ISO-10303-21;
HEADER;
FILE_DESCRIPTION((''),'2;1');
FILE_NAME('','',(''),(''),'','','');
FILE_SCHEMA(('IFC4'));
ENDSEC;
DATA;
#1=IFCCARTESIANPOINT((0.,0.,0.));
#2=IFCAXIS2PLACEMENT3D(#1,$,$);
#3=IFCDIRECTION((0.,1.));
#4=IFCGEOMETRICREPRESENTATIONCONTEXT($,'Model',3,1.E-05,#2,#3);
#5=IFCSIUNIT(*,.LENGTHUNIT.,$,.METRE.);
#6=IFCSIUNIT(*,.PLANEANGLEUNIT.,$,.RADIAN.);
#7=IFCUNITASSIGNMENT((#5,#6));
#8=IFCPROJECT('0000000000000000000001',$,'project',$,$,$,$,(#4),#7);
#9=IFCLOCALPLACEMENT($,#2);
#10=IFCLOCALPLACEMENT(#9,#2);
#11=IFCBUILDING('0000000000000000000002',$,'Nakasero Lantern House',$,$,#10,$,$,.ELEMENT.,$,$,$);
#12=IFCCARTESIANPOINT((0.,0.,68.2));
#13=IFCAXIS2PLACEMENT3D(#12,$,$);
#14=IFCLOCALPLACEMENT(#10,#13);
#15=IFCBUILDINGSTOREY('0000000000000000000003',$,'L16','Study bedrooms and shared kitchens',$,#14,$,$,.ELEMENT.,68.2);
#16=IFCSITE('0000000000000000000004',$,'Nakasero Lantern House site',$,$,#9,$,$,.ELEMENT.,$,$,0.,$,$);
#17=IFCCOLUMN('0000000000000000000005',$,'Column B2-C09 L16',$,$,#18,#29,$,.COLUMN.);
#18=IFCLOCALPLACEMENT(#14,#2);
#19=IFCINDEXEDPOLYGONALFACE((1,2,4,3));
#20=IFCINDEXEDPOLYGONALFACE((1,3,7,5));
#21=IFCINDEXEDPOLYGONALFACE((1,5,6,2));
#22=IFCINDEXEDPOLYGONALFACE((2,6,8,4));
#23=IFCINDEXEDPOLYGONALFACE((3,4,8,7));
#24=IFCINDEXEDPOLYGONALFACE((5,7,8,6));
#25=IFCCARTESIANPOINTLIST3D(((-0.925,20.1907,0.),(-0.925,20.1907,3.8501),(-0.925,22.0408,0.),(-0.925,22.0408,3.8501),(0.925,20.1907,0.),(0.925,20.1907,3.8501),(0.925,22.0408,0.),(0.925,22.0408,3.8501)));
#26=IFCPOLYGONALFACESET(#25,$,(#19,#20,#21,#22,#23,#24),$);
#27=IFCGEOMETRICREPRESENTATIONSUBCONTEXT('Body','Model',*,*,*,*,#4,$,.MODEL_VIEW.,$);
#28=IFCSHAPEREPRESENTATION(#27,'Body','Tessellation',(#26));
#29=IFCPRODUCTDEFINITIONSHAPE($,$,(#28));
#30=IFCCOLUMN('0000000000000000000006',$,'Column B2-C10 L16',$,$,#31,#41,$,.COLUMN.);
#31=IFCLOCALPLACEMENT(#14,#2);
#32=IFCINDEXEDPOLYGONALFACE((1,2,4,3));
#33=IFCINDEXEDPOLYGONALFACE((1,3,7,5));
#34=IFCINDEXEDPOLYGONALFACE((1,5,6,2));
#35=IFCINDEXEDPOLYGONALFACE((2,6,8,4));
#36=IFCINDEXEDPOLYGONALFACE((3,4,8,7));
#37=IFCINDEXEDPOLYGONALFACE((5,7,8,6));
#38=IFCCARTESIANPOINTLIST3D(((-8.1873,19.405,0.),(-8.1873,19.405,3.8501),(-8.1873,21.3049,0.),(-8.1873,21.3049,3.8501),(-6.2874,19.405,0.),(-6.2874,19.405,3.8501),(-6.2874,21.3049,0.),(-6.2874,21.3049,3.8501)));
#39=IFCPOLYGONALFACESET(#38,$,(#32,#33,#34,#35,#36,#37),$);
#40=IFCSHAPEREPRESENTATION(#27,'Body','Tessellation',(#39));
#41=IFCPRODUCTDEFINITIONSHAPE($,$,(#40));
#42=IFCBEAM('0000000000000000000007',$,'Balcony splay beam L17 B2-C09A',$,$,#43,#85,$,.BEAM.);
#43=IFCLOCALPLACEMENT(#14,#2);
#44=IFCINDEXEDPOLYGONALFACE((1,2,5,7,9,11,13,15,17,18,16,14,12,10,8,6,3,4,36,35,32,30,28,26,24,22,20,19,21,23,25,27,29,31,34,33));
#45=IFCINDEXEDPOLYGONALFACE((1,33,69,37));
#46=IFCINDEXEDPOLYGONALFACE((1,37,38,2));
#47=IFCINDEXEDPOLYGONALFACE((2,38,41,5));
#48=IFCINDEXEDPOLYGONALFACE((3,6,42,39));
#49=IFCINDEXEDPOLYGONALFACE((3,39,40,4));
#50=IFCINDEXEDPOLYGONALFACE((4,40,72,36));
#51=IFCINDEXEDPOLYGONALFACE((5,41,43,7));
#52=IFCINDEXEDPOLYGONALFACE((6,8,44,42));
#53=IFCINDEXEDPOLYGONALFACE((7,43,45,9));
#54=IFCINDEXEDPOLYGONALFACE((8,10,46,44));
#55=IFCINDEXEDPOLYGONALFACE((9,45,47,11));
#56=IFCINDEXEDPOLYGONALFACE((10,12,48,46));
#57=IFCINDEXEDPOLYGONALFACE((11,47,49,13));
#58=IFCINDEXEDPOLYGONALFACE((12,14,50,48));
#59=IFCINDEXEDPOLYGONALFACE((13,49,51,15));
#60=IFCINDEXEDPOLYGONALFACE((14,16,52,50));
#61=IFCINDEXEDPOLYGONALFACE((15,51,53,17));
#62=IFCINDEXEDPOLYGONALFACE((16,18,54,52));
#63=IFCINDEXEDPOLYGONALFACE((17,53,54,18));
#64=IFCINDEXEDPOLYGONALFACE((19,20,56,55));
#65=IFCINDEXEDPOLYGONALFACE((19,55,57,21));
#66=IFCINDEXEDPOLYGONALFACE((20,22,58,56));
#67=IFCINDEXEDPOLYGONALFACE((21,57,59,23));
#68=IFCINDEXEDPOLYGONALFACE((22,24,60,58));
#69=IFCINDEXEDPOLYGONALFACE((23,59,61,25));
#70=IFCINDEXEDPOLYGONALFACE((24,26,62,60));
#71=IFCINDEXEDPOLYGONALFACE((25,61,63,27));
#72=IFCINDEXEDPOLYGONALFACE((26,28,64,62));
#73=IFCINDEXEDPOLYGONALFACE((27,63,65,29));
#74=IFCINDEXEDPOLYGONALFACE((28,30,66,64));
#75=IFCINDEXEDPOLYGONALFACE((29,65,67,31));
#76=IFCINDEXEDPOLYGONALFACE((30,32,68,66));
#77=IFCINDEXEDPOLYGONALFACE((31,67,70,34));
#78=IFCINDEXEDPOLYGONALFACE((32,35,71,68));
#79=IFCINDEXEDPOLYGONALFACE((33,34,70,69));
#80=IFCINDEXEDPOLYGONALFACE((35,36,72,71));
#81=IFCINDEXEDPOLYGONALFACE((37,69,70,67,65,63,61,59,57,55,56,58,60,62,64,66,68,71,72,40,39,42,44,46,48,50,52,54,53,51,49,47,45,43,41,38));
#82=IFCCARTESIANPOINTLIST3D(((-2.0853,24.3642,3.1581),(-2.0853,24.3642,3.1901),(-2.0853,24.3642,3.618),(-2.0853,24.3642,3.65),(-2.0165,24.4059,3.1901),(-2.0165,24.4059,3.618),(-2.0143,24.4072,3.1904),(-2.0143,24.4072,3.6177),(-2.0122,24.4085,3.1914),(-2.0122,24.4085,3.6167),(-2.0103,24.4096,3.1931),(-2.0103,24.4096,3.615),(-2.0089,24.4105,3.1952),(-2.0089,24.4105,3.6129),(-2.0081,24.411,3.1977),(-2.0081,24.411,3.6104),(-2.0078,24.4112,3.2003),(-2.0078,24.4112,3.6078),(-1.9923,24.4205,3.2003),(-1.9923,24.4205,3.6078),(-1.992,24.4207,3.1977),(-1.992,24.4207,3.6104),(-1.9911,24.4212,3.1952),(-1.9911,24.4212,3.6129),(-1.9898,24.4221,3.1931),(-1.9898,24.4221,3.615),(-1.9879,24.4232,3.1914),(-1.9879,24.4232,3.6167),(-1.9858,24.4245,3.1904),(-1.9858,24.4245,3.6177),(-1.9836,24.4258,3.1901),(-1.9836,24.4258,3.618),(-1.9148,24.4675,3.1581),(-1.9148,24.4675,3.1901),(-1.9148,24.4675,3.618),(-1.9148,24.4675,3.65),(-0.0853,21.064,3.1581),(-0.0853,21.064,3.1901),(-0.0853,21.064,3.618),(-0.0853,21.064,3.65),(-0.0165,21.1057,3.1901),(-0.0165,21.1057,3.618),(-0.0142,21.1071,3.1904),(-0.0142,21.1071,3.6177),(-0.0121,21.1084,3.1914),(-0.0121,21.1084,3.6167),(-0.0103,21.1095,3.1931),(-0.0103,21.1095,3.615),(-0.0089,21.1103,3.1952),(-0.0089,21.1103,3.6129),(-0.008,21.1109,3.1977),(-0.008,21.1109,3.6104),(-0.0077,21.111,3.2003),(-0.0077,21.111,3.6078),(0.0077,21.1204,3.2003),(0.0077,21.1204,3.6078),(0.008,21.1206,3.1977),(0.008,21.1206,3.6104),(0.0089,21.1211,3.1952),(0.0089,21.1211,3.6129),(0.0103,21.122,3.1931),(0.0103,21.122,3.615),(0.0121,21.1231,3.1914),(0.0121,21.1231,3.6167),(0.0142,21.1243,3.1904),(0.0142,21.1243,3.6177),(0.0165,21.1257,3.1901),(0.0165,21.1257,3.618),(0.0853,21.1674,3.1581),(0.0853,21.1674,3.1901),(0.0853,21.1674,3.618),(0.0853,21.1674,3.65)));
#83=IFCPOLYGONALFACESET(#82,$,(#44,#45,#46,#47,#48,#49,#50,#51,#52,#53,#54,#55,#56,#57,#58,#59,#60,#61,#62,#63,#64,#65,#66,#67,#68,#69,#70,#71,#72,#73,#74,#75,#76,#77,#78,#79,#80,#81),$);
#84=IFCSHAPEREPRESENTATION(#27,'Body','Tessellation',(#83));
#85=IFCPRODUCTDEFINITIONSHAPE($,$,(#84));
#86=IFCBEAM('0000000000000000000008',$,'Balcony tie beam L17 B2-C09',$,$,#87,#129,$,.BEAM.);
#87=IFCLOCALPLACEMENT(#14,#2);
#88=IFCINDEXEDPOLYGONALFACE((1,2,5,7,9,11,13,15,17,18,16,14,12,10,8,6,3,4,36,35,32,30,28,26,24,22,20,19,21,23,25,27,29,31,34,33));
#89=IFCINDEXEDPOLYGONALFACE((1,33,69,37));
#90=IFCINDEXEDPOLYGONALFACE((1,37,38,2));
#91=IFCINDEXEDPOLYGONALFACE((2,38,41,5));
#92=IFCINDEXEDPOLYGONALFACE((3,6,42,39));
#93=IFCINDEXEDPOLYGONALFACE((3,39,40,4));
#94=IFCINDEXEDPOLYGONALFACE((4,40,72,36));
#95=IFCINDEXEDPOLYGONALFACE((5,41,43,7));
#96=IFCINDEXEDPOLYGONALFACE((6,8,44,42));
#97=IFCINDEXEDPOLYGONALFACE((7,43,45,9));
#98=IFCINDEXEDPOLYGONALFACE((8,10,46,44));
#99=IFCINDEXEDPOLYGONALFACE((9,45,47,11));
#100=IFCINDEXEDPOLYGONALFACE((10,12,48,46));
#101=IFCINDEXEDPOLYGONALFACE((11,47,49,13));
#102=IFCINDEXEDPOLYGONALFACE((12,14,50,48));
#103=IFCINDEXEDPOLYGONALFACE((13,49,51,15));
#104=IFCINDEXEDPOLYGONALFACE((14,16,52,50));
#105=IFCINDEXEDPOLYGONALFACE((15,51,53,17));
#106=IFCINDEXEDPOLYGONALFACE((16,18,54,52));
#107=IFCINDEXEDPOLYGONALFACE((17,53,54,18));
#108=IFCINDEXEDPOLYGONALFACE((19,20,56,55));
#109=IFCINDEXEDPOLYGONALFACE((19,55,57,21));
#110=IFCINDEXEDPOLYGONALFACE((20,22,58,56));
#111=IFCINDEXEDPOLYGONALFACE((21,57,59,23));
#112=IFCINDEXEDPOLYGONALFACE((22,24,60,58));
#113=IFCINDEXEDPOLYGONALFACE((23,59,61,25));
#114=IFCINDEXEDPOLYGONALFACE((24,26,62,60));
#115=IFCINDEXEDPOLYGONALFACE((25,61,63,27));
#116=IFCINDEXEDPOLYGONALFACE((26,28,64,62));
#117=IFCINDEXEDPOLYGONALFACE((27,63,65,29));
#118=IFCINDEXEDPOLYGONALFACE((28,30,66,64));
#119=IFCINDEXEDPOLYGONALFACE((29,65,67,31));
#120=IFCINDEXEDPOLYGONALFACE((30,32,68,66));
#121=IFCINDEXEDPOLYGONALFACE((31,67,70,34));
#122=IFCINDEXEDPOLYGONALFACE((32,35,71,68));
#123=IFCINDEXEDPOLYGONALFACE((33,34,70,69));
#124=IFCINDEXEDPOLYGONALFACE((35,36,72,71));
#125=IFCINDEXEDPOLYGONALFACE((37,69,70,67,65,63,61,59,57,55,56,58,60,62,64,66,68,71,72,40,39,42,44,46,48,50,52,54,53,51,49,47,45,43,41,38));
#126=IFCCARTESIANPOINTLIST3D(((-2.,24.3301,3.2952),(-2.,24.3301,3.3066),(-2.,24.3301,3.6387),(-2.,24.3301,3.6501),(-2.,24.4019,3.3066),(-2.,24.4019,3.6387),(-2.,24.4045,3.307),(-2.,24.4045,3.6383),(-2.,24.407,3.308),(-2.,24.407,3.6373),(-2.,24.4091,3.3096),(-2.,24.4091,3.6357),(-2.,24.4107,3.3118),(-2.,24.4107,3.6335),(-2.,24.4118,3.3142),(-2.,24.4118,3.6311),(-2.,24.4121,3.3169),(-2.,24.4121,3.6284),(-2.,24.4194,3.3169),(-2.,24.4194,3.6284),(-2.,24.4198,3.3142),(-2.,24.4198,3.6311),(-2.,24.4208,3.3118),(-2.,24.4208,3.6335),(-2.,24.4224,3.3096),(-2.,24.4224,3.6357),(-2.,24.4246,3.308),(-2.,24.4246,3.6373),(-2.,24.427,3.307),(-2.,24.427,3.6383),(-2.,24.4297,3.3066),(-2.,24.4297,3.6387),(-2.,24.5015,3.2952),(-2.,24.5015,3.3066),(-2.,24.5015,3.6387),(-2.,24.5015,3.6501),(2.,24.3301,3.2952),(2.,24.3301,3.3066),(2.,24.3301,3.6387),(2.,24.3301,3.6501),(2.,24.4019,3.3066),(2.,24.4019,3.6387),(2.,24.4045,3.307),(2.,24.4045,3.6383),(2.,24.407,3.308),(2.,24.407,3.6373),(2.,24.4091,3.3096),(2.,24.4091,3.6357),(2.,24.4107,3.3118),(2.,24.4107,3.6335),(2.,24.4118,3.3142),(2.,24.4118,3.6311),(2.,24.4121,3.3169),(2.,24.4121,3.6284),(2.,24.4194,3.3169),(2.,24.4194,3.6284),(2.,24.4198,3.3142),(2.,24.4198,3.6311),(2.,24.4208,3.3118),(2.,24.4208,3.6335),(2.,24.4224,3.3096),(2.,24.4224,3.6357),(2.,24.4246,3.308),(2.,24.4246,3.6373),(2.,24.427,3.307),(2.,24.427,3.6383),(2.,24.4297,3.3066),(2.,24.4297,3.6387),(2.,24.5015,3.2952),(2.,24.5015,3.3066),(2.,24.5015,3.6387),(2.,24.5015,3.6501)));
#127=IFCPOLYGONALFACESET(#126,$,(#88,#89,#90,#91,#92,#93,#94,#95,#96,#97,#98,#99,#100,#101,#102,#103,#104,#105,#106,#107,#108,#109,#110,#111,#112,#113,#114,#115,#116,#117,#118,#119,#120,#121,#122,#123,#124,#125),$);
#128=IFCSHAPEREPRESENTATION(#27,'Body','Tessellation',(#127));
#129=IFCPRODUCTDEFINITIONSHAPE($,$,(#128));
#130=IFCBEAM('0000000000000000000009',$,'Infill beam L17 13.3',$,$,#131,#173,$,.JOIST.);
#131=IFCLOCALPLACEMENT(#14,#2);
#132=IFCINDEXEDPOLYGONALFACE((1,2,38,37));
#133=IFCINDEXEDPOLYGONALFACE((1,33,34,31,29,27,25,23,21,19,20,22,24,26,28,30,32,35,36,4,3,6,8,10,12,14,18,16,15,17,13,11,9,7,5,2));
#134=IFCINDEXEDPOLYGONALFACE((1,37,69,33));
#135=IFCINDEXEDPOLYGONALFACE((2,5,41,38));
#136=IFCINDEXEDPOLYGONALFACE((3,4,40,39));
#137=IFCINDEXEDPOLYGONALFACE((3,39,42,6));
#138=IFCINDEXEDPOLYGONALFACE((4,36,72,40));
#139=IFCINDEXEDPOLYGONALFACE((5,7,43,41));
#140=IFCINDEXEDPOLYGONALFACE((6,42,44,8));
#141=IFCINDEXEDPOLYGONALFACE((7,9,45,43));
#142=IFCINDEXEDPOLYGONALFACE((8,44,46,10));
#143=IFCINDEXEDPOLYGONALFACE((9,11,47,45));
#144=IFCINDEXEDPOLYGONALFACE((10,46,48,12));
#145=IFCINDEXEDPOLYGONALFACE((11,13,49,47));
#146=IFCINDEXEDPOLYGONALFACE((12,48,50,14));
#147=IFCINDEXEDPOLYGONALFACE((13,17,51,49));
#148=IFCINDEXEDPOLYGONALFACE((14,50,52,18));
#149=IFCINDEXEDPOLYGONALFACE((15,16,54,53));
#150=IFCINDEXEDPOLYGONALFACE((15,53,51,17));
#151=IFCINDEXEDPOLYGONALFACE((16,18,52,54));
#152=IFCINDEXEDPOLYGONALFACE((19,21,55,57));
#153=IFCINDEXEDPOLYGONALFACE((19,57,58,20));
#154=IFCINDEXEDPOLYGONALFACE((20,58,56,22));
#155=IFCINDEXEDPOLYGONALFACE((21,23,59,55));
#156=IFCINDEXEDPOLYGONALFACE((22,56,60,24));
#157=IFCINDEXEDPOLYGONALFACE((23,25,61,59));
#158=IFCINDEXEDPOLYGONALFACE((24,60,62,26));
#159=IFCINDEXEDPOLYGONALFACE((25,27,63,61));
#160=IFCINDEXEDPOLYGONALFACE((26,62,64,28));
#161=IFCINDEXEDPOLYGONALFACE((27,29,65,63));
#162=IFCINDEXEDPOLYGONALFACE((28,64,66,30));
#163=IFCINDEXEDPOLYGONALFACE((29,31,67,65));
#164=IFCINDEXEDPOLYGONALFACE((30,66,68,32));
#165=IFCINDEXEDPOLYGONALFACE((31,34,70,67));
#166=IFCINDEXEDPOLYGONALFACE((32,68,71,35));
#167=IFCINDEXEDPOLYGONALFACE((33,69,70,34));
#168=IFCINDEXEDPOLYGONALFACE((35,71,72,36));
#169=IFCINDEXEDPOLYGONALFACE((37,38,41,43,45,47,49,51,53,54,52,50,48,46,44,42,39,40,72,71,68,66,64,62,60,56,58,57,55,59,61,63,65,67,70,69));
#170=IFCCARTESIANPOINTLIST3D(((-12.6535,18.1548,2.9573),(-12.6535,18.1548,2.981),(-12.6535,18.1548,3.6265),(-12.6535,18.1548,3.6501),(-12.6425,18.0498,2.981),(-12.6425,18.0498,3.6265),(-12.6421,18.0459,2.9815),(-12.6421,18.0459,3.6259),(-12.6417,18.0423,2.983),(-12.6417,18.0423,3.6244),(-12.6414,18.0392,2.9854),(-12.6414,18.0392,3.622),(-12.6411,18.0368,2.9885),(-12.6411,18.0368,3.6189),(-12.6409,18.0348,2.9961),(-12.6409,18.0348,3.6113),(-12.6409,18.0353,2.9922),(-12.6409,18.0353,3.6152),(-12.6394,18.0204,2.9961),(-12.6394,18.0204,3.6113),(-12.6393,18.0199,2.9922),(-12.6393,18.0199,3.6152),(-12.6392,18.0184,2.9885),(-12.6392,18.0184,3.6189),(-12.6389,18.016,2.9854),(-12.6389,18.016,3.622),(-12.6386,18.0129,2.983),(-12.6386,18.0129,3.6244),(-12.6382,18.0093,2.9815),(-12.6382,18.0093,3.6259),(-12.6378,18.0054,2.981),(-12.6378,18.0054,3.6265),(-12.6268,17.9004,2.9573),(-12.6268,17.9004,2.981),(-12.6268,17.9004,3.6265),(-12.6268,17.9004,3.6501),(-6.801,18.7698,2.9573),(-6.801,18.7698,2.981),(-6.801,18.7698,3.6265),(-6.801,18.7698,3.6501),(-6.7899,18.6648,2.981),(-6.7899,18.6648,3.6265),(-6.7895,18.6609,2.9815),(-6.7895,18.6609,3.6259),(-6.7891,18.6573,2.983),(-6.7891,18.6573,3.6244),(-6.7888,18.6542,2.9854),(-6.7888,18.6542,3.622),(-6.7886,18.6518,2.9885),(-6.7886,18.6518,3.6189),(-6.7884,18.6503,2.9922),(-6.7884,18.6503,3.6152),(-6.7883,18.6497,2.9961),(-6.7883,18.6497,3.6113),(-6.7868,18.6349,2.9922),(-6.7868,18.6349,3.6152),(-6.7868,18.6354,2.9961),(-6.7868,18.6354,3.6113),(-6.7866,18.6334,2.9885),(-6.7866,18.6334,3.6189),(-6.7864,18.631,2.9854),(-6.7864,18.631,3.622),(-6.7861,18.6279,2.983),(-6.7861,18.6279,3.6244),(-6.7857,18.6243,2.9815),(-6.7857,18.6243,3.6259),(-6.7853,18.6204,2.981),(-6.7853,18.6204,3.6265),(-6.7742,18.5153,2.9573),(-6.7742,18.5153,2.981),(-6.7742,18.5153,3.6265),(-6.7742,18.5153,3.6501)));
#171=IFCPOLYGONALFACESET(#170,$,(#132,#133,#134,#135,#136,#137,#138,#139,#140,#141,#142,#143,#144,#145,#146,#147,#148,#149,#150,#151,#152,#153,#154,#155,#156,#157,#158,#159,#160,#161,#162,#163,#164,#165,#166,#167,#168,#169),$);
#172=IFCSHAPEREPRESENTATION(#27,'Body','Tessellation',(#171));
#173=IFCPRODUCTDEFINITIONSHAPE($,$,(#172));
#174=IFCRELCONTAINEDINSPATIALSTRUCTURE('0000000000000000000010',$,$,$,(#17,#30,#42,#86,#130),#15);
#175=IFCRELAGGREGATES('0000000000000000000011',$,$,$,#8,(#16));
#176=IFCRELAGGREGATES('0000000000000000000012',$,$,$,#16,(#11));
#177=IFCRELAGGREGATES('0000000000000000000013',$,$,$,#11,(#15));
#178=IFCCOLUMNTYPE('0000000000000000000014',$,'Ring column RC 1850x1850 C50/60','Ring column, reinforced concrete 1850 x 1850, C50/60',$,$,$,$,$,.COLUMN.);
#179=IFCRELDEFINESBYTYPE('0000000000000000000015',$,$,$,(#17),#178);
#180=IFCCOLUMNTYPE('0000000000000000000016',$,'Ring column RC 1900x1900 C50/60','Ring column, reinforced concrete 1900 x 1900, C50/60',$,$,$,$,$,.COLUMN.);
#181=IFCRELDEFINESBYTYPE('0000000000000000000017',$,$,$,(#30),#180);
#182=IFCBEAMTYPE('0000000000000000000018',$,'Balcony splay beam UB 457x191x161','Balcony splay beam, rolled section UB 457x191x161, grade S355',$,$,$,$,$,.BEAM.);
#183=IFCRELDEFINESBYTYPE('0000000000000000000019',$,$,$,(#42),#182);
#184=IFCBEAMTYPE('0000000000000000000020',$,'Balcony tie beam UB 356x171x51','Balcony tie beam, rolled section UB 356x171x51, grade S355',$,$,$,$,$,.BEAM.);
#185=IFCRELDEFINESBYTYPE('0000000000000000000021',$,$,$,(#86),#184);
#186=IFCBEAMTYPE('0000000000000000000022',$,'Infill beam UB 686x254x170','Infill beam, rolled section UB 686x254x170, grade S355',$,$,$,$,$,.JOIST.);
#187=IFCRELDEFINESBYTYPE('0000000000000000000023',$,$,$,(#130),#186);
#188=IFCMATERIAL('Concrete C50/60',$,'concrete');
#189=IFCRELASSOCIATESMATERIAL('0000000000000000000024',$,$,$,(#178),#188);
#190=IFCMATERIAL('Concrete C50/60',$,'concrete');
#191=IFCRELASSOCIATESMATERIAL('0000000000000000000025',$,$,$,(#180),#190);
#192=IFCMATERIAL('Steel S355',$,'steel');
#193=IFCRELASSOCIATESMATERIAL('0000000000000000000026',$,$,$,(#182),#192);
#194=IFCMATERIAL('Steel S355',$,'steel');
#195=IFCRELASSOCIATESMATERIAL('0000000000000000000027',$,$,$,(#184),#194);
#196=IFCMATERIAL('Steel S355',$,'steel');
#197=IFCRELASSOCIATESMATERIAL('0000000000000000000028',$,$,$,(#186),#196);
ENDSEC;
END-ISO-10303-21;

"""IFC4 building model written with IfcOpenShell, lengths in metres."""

from ifc_helpers import new_model, si_unit, direction, frame, origin, origin_2d, place, context, subcontext, project, spatial, rectangle, i_section, extrude, material, material_profile, profile_set, type_object, element, save


model = new_model("IFC4")

# Units and contexts
model_context = context("Model", 3, precision=1e-05, world=origin(), true_north=direction((0.0, 1.0)))
body_context = subcontext(model_context, "Body", "Model", "MODEL_VIEW")
ifc_project = project(units=[si_unit("LENGTHUNIT", "METRE"), si_unit("PLANEANGLEUNIT", "RADIAN")], contexts=[model_context])

# Site, building, storey
site_placement = place(None, origin())
site = spatial("IfcSite", under=ifc_project, at=site_placement, Name="Nakasero Lantern House site", CompositionType="ELEMENT", RefElevation=0.0)
building_placement = place(site_placement, origin())
building = spatial("IfcBuilding", under=site, at=building_placement, Name="Nakasero Lantern House", CompositionType="ELEMENT")
storey_placement = place(building_placement, frame((0.0, 0.0, 68.2)))
storey = spatial("IfcBuildingStorey", under=building, at=storey_placement, Name="L16", Description="Study bedrooms and shared kitchens", CompositionType="ELEMENT", Elevation=68.2)

# Columns
ifc_material_1 = material(Name="Concrete C50/60", Category="concrete")
ifc_material_profile_1 = material_profile(ifc_material_1, rectangle(XDim=1.8501, YDim=1.8501, at=origin_2d()), Name="RC 1850x1850")
ifc_profile_set_1 = profile_set([ifc_material_profile_1], Name="Concrete C50/60")
column_type_1 = type_object("IfcColumnType", Name="Ring column RC 1850x1850 C50/60", Description="Ring column, reinforced concrete 1850 x 1850, C50/60", PredefinedType="COLUMN", material=ifc_profile_set_1)
column_1_placement = place(storey_placement, frame((0.0, 21.1157, 0.0), z_axis=(0.0, 0.0, 1.0), x_axis=(1.0, 0.0, 0.0)))
element("IfcColumn", 1, at=column_1_placement, inside=storey, type_object=column_type_1, Name="Column B2-C09 L16", PredefinedType="COLUMN", context=body_context, shape_type="SweptSolid", body=[
    extrude(rectangle(XDim=1.8501, YDim=1.8501, at=origin_2d()), origin(), (0.0, 0.0, 1.0), 3.8501),
])
ifc_material_2 = material(Name="Concrete C50/60", Category="concrete")
ifc_material_profile_2 = material_profile(ifc_material_2, rectangle(XDim=1.8999, YDim=1.8999, at=origin_2d()), Name="RC 1900x1900")
ifc_profile_set_2 = profile_set([ifc_material_profile_2], Name="Concrete C50/60")
column_type_2 = type_object("IfcColumnType", Name="Ring column RC 1900x1900 C50/60", Description="Ring column, reinforced concrete 1900 x 1900, C50/60", PredefinedType="COLUMN", material=ifc_profile_set_2)
column_2_placement = place(storey_placement, frame((-7.2373, 20.355, 0.0), z_axis=(0.0, 0.0, 1.0), x_axis=(1.0, 0.0, 0.0)))
element("IfcColumn", 2, at=column_2_placement, inside=storey, type_object=column_type_2, Name="Column B2-C10 L16", PredefinedType="COLUMN", context=body_context, shape_type="SweptSolid", body=[
    extrude(rectangle(XDim=1.8999, YDim=1.8999, at=origin_2d()), origin(), (0.0, 0.0, 1.0), 3.8501),
])

# Beams
ifc_material_3 = material(Name="Steel S355", Category="steel")
ifc_material_profile_3 = material_profile(ifc_material_3, i_section(OverallWidth=0.1995, OverallDepth=0.4919, WebThickness=0.0181, FlangeThickness=0.032, FilletRadius=0.0103, at=origin_2d()), Name="UB 457x191x161")
ifc_profile_set_3 = profile_set([ifc_material_profile_3], Name="Steel S355")
beam_type_1 = type_object("IfcBeamType", Name="Balcony splay beam UB 457x191x161", Description="Balcony splay beam, rolled section UB 457x191x161, grade S355", PredefinedType="BEAM", material=ifc_profile_set_3)
beam_1_placement = place(storey_placement, frame((0.0, 21.1157, 3.4041), z_axis=(-0.518296, 0.855201, 0.0), x_axis=(-0.855201, -0.518296, 0.0)))
element("IfcBeam", 3, at=beam_1_placement, inside=storey, type_object=beam_type_1, Name="Balcony splay beam L17 B2-C09A", PredefinedType="BEAM", context=body_context, shape_type="SweptSolid", body=[
    extrude(i_section(OverallWidth=0.1995, OverallDepth=0.4919, WebThickness=0.0181, FlangeThickness=0.032, FilletRadius=0.0103, at=origin_2d()), origin(), (0.0, 0.0, 1.0), 3.8589),
])
ifc_material_4 = material(Name="Steel S355", Category="steel")
ifc_material_profile_4 = material_profile(ifc_material_4, i_section(OverallWidth=0.1714, OverallDepth=0.355, WebThickness=0.0073, FlangeThickness=0.0115, FilletRadius=0.0103, at=origin_2d()), Name="UB 356x171x51")
ifc_profile_set_4 = profile_set([ifc_material_profile_4], Name="Steel S355")
beam_type_2 = type_object("IfcBeamType", Name="Balcony tie beam UB 356x171x51", Description="Balcony tie beam, rolled section UB 356x171x51, grade S355", PredefinedType="BEAM", material=ifc_profile_set_4)
beam_2_placement = place(storey_placement, frame((-2.0, 24.4158, 3.4727), z_axis=(1.0, 0.0, 0.0), x_axis=(0.0, 1.0, 0.0)))
element("IfcBeam", 4, at=beam_2_placement, inside=storey, type_object=beam_type_2, Name="Balcony tie beam L17 B2-C09", PredefinedType="BEAM", context=body_context, shape_type="SweptSolid", body=[
    extrude(i_section(OverallWidth=0.1714, OverallDepth=0.355, WebThickness=0.0073, FlangeThickness=0.0115, FilletRadius=0.0103, at=origin_2d()), origin(), (0.0, 0.0, 1.0), 4.0),
])
ifc_material_5 = material(Name="Steel S355", Category="steel")
ifc_material_profile_5 = material_profile(ifc_material_5, i_section(OverallWidth=0.2559, OverallDepth=0.6929, WebThickness=0.0144, FlangeThickness=0.0237, FilletRadius=0.0151, at=origin_2d()), Name="UB 686x254x170")
ifc_profile_set_5 = profile_set([ifc_material_profile_5], Name="Steel S355")
beam_type_3 = type_object("IfcBeamType", Name="Infill beam UB 686x254x170", Description="Infill beam, rolled section UB 686x254x170, grade S355", PredefinedType="JOIST", material=ifc_profile_set_5)
beam_3_placement = place(storey_placement, frame((-12.6401, 18.0276, 3.3037), z_axis=(0.994524, 0.104506, 0.0), x_axis=(-0.104506, 0.994524, 0.0)))
element("IfcBeam", 5, at=beam_3_placement, inside=storey, type_object=beam_type_3, Name="Infill beam L17 13.3", PredefinedType="JOIST", context=body_context, shape_type="SweptSolid", body=[
    extrude(i_section(OverallWidth=0.2559, OverallDepth=0.6929, WebThickness=0.0144, FlangeThickness=0.0237, FilletRadius=0.0151, at=origin_2d()), origin(), (0.0, 0.0, 1.0), 5.8848),
])

save(model, "model.ifc")
